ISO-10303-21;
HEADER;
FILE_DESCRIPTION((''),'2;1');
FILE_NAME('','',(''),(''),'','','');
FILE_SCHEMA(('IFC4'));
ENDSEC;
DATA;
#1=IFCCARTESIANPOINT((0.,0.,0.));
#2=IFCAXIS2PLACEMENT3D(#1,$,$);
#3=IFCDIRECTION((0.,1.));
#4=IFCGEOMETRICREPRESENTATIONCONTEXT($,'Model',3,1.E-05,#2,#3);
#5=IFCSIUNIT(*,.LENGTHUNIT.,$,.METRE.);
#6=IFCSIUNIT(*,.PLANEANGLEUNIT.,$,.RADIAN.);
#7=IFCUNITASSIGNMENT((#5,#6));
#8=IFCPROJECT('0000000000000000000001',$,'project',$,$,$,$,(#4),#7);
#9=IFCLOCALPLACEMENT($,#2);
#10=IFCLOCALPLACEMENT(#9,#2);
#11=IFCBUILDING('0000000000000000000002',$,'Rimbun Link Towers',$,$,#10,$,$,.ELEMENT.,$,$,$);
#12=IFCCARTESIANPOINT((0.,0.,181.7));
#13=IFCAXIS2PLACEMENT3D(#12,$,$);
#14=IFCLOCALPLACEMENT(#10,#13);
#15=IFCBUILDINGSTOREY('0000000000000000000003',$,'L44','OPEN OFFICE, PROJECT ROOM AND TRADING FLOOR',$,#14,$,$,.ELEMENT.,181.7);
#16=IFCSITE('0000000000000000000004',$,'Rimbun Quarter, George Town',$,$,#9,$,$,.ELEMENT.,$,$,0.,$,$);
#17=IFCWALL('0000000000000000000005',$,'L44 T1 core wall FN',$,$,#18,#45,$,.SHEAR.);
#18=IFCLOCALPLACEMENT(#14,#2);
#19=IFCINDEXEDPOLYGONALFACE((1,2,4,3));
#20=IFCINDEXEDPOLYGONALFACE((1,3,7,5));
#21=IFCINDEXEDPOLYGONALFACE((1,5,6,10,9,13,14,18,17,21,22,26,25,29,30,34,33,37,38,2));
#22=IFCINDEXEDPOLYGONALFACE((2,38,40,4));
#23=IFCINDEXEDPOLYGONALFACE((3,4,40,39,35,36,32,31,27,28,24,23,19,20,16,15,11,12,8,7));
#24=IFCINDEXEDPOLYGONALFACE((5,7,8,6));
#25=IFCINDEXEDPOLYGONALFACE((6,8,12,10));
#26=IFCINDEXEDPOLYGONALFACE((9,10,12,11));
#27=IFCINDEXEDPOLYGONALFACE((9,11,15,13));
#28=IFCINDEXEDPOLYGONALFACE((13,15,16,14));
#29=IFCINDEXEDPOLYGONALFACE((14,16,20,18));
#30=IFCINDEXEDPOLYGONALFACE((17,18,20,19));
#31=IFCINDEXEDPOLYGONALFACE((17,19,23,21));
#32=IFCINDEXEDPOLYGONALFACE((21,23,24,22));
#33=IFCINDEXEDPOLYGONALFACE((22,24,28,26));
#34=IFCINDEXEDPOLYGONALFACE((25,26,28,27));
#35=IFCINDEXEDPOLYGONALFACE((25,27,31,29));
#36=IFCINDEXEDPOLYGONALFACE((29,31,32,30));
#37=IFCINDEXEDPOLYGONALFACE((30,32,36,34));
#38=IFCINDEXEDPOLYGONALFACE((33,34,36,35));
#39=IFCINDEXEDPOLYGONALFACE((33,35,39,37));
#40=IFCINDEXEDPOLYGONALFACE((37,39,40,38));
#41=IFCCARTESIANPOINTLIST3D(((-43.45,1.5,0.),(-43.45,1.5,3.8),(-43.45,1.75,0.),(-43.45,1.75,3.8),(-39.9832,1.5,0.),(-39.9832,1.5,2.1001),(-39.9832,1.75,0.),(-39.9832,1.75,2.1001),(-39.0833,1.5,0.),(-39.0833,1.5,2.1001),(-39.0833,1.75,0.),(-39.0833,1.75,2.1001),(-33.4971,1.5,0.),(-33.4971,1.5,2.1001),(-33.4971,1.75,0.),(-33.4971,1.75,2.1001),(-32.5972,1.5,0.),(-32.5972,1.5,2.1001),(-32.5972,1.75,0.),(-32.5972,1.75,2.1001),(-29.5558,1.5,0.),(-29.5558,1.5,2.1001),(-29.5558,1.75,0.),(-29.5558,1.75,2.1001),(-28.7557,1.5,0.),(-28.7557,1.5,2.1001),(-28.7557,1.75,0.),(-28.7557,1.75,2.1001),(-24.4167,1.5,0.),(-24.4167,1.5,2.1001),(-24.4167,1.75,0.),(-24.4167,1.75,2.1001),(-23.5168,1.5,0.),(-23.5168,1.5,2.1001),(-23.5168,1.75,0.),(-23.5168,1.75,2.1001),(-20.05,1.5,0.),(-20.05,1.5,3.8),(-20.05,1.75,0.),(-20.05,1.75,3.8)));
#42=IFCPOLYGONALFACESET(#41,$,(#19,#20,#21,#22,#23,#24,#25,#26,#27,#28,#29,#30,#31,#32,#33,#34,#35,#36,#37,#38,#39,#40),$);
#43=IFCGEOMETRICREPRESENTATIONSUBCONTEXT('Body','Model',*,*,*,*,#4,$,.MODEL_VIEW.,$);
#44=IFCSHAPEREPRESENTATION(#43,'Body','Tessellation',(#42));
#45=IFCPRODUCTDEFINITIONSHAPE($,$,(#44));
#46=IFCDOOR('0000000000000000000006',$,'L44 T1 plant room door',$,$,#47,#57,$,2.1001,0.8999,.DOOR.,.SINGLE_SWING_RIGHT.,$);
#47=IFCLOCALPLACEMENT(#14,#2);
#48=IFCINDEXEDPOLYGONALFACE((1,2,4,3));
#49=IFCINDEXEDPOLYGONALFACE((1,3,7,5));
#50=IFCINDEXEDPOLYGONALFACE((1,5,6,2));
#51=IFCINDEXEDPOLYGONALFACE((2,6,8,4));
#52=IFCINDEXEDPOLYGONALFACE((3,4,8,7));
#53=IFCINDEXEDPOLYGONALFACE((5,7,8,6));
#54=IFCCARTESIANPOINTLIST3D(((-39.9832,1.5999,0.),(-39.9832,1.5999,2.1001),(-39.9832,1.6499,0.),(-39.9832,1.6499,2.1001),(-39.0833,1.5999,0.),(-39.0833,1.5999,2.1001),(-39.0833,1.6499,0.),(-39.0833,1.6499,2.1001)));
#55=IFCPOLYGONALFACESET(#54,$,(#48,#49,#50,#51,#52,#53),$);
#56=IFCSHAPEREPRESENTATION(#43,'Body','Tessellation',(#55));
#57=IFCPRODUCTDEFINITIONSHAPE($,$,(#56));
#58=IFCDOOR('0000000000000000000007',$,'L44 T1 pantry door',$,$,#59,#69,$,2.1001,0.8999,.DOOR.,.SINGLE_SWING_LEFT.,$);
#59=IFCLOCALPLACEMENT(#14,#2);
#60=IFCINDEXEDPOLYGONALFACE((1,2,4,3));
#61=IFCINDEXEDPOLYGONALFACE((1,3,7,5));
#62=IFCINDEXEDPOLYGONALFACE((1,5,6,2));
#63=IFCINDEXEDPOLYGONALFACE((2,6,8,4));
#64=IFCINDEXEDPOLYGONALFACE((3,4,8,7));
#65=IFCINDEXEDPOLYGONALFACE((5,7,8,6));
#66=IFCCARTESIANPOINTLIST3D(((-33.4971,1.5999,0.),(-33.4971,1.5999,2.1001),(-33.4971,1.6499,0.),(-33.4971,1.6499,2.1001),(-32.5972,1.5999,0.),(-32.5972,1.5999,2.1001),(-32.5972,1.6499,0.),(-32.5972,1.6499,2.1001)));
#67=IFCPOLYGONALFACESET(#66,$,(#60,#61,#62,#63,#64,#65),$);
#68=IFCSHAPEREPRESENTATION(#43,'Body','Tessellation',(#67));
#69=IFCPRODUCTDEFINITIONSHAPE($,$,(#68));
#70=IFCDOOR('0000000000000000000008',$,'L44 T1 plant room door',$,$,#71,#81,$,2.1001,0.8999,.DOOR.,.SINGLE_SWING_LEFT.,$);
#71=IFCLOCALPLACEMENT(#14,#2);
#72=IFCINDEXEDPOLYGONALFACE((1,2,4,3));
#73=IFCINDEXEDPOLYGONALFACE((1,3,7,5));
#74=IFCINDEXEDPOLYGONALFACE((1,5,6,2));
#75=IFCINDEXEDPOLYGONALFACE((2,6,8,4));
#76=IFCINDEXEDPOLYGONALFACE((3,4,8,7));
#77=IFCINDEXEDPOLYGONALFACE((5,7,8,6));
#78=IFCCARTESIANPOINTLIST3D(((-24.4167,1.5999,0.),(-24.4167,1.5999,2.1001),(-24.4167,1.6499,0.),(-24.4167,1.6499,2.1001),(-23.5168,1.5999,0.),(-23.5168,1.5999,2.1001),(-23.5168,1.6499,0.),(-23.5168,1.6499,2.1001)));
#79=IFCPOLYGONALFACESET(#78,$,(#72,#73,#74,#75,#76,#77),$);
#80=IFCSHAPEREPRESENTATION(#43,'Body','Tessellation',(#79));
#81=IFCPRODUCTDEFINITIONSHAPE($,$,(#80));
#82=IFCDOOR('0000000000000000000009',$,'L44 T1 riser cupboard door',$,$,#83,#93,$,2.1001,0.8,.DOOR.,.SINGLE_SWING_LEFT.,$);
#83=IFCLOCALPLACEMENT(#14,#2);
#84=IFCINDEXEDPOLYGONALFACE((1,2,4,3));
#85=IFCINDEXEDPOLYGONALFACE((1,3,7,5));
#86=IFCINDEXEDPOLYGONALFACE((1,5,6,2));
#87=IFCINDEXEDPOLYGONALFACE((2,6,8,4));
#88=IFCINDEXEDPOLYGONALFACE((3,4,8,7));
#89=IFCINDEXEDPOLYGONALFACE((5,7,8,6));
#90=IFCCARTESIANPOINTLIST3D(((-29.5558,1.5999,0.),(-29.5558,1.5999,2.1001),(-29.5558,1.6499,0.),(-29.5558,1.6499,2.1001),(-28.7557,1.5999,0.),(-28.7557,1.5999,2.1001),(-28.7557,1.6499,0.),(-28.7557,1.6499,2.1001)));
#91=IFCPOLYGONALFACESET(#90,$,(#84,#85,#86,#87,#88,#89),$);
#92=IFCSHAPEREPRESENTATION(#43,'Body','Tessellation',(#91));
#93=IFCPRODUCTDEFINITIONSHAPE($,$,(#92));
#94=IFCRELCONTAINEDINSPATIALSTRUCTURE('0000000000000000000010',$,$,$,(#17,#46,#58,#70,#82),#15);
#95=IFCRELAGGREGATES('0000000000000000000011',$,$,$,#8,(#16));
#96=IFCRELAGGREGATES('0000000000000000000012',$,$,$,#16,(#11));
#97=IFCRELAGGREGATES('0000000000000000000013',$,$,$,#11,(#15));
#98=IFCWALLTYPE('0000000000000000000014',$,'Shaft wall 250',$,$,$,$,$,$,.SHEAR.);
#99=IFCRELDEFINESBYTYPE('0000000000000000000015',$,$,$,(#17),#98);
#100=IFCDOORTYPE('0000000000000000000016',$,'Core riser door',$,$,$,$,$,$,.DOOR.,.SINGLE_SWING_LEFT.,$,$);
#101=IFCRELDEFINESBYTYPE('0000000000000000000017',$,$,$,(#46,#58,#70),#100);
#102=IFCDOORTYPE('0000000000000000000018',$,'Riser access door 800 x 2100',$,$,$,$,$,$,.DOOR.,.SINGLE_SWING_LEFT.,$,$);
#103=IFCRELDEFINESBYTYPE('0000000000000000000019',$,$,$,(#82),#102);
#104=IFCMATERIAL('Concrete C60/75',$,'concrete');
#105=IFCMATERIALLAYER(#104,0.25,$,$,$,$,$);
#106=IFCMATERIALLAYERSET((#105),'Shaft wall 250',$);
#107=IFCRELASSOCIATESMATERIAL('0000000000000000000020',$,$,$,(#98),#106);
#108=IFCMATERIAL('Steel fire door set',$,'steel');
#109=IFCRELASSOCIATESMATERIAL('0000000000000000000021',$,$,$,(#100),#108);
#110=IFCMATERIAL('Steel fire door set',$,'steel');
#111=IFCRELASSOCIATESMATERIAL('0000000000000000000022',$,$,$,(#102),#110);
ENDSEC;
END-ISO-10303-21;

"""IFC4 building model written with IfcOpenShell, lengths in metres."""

from ifc_helpers import new_model, si_unit, direction, frame, frame_2d, origin, place, context, subcontext, project, spatial, rectangle, extrude, material, layer, layer_set, type_object, element, fill, save


model = new_model("IFC4")

# Units and contexts
model_context = context("Model", 3, precision=1e-05, world=origin(), true_north=direction((0.0, 1.0)))
body_context = subcontext(model_context, "Body", "Model", "MODEL_VIEW")
ifc_project = project(units=[si_unit("LENGTHUNIT", "METRE"), si_unit("PLANEANGLEUNIT", "RADIAN")], contexts=[model_context])

# Site, building, storey
site_placement = place(None, origin())
site = spatial("IfcSite", under=ifc_project, at=site_placement, Name="Rimbun Quarter, George Town", CompositionType="ELEMENT", RefElevation=0.0)
building_placement = place(site_placement, origin())
building = spatial("IfcBuilding", under=site, at=building_placement, Name="Rimbun Link Towers", CompositionType="ELEMENT")
storey_placement = place(building_placement, frame((0.0, 0.0, 181.7)))
storey = spatial("IfcBuildingStorey", under=building, at=storey_placement, Name="L44", Description="OPEN OFFICE, PROJECT ROOM AND TRADING FLOOR", CompositionType="ELEMENT", Elevation=181.7)

# Shared definitions
ifc_material_1 = material(Name="Concrete C60/75", Category="concrete")
ifc_layer_1 = layer(ifc_material_1, 0.25)
ifc_layer_set_1 = layer_set([ifc_layer_1], Name="Shaft wall 250")
wall_type_1 = type_object("IfcWallType", Name="Shaft wall 250", PredefinedType="SHEAR", material=ifc_layer_set_1)

# Wall, openings, doors
wall_1_placement = place(storey_placement, frame((-43.45, 1.625, 0.0), z_axis=(0.0, 0.0, 1.0), x_axis=(1.0, 0.0, 0.0)))
wall_1 = element("IfcWall", 1, at=wall_1_placement, inside=storey, type_object=wall_type_1, Name="L44 T1 core wall FN", PredefinedType="SHEAR", context=body_context, shape_type="SweptSolid", body=[
    extrude(rectangle(XDim=23.3999, YDim=0.25, at=frame_2d((11.7, 0.0))), origin(), (0.0, 0.0, 1.0), 3.8),
])
opening_1_placement = place(wall_1_placement, frame((3.4668, 0.0, 0.0)))
opening_1 = element("IfcOpeningElement", 2, at=opening_1_placement, cuts=wall_1, PredefinedType="OPENING", context=body_context, shape_type="SweptSolid", body=[
    extrude(rectangle(XDim=0.8999, YDim=2.1001, at=frame_2d((0.45, 1.05))), frame((0.0, 0.135, 0.0), z_axis=(0.0, -1.0, 0.0), x_axis=(1.0, 0.0, 0.0)), (0.0, 0.0, 1.0), 0.27),
])
opening_2_placement = place(wall_1_placement, frame((9.9529, 0.0, 0.0)))
opening_2 = element("IfcOpeningElement", 3, at=opening_2_placement, cuts=wall_1, PredefinedType="OPENING", context=body_context, shape_type="SweptSolid", body=[
    extrude(rectangle(XDim=0.8999, YDim=2.1001, at=frame_2d((0.45, 1.05))), frame((0.0, 0.135, 0.0), z_axis=(0.0, -1.0, 0.0), x_axis=(1.0, 0.0, 0.0)), (0.0, 0.0, 1.0), 0.27),
])
opening_3_placement = place(wall_1_placement, frame((13.8943, 0.0, 0.0)))
opening_3 = element("IfcOpeningElement", 4, at=opening_3_placement, cuts=wall_1, PredefinedType="OPENING", context=body_context, shape_type="SweptSolid", body=[
    extrude(rectangle(XDim=0.8, YDim=2.1001, at=frame_2d((0.3999, 1.05))), frame((0.0, 0.135, 0.0), z_axis=(0.0, -1.0, 0.0), x_axis=(1.0, 0.0, 0.0)), (0.0, 0.0, 1.0), 0.27),
])
opening_4_placement = place(wall_1_placement, frame((19.0332, 0.0, 0.0)))
opening_4 = element("IfcOpeningElement", 5, at=opening_4_placement, cuts=wall_1, PredefinedType="OPENING", context=body_context, shape_type="SweptSolid", body=[
    extrude(rectangle(XDim=0.8999, YDim=2.1001, at=frame_2d((0.45, 1.05))), frame((0.0, 0.135, 0.0), z_axis=(0.0, -1.0, 0.0), x_axis=(1.0, 0.0, 0.0)), (0.0, 0.0, 1.0), 0.27),
])
ifc_material_2 = material(Name="Steel fire door set", Category="steel")
door_type_1 = type_object("IfcDoorType", Name="Core riser door", OperationType="SINGLE_SWING_LEFT", PredefinedType="DOOR", material=ifc_material_2)
door_1_placement = place(opening_1_placement, origin())
door_1 = element("IfcDoor", 6, at=door_1_placement, inside=storey, type_object=door_type_1, Name="L44 T1 plant room door", OperationType="SINGLE_SWING_RIGHT", OverallHeight=2.1001, OverallWidth=0.8999, PredefinedType="DOOR", context=body_context, shape_type="SweptSolid", body=[
    extrude(rectangle(XDim=0.8999, YDim=2.1001, at=frame_2d((0.45, 1.05))), frame((0.0, 0.0249, 0.0), z_axis=(0.0, -1.0, 0.0), x_axis=(1.0, 0.0, 0.0)), (0.0, 0.0, 1.0), 0.05),
])
fill(opening_1, door_1)
door_2_placement = place(opening_2_placement, origin())
door_2 = element("IfcDoor", 7, at=door_2_placement, inside=storey, type_object=door_type_1, Name="L44 T1 pantry door", OperationType="SINGLE_SWING_LEFT", OverallHeight=2.1001, OverallWidth=0.8999, PredefinedType="DOOR", context=body_context, shape_type="SweptSolid", body=[
    extrude(rectangle(XDim=0.8999, YDim=2.1001, at=frame_2d((0.45, 1.05))), frame((0.0, 0.0249, 0.0), z_axis=(0.0, -1.0, 0.0), x_axis=(1.0, 0.0, 0.0)), (0.0, 0.0, 1.0), 0.05),
])
fill(opening_2, door_2)
door_3_placement = place(opening_4_placement, origin())
door_3 = element("IfcDoor", 8, at=door_3_placement, inside=storey, type_object=door_type_1, Name="L44 T1 plant room door", OperationType="SINGLE_SWING_LEFT", OverallHeight=2.1001, OverallWidth=0.8999, PredefinedType="DOOR", context=body_context, shape_type="SweptSolid", body=[
    extrude(rectangle(XDim=0.8999, YDim=2.1001, at=frame_2d((0.45, 1.05))), frame((0.0, 0.0249, 0.0), z_axis=(0.0, -1.0, 0.0), x_axis=(1.0, 0.0, 0.0)), (0.0, 0.0, 1.0), 0.05),
])
fill(opening_4, door_3)
ifc_material_3 = material(Name="Steel fire door set", Category="steel")
door_type_2 = type_object("IfcDoorType", Name="Riser access door 800 x 2100", OperationType="SINGLE_SWING_LEFT", PredefinedType="DOOR", material=ifc_material_3)
door_4_placement = place(opening_3_placement, origin())
door_4 = element("IfcDoor", 9, at=door_4_placement, inside=storey, type_object=door_type_2, Name="L44 T1 riser cupboard door", OperationType="SINGLE_SWING_LEFT", OverallHeight=2.1001, OverallWidth=0.8, PredefinedType="DOOR", context=body_context, shape_type="SweptSolid", body=[
    extrude(rectangle(XDim=0.8, YDim=2.1001, at=frame_2d((0.3999, 1.05))), frame((0.0, 0.0249, 0.0), z_axis=(0.0, -1.0, 0.0), x_axis=(1.0, 0.0, 0.0)), (0.0, 0.0, 1.0), 0.05),
])
fill(opening_3, door_4)

save(model, "model.ifc")
